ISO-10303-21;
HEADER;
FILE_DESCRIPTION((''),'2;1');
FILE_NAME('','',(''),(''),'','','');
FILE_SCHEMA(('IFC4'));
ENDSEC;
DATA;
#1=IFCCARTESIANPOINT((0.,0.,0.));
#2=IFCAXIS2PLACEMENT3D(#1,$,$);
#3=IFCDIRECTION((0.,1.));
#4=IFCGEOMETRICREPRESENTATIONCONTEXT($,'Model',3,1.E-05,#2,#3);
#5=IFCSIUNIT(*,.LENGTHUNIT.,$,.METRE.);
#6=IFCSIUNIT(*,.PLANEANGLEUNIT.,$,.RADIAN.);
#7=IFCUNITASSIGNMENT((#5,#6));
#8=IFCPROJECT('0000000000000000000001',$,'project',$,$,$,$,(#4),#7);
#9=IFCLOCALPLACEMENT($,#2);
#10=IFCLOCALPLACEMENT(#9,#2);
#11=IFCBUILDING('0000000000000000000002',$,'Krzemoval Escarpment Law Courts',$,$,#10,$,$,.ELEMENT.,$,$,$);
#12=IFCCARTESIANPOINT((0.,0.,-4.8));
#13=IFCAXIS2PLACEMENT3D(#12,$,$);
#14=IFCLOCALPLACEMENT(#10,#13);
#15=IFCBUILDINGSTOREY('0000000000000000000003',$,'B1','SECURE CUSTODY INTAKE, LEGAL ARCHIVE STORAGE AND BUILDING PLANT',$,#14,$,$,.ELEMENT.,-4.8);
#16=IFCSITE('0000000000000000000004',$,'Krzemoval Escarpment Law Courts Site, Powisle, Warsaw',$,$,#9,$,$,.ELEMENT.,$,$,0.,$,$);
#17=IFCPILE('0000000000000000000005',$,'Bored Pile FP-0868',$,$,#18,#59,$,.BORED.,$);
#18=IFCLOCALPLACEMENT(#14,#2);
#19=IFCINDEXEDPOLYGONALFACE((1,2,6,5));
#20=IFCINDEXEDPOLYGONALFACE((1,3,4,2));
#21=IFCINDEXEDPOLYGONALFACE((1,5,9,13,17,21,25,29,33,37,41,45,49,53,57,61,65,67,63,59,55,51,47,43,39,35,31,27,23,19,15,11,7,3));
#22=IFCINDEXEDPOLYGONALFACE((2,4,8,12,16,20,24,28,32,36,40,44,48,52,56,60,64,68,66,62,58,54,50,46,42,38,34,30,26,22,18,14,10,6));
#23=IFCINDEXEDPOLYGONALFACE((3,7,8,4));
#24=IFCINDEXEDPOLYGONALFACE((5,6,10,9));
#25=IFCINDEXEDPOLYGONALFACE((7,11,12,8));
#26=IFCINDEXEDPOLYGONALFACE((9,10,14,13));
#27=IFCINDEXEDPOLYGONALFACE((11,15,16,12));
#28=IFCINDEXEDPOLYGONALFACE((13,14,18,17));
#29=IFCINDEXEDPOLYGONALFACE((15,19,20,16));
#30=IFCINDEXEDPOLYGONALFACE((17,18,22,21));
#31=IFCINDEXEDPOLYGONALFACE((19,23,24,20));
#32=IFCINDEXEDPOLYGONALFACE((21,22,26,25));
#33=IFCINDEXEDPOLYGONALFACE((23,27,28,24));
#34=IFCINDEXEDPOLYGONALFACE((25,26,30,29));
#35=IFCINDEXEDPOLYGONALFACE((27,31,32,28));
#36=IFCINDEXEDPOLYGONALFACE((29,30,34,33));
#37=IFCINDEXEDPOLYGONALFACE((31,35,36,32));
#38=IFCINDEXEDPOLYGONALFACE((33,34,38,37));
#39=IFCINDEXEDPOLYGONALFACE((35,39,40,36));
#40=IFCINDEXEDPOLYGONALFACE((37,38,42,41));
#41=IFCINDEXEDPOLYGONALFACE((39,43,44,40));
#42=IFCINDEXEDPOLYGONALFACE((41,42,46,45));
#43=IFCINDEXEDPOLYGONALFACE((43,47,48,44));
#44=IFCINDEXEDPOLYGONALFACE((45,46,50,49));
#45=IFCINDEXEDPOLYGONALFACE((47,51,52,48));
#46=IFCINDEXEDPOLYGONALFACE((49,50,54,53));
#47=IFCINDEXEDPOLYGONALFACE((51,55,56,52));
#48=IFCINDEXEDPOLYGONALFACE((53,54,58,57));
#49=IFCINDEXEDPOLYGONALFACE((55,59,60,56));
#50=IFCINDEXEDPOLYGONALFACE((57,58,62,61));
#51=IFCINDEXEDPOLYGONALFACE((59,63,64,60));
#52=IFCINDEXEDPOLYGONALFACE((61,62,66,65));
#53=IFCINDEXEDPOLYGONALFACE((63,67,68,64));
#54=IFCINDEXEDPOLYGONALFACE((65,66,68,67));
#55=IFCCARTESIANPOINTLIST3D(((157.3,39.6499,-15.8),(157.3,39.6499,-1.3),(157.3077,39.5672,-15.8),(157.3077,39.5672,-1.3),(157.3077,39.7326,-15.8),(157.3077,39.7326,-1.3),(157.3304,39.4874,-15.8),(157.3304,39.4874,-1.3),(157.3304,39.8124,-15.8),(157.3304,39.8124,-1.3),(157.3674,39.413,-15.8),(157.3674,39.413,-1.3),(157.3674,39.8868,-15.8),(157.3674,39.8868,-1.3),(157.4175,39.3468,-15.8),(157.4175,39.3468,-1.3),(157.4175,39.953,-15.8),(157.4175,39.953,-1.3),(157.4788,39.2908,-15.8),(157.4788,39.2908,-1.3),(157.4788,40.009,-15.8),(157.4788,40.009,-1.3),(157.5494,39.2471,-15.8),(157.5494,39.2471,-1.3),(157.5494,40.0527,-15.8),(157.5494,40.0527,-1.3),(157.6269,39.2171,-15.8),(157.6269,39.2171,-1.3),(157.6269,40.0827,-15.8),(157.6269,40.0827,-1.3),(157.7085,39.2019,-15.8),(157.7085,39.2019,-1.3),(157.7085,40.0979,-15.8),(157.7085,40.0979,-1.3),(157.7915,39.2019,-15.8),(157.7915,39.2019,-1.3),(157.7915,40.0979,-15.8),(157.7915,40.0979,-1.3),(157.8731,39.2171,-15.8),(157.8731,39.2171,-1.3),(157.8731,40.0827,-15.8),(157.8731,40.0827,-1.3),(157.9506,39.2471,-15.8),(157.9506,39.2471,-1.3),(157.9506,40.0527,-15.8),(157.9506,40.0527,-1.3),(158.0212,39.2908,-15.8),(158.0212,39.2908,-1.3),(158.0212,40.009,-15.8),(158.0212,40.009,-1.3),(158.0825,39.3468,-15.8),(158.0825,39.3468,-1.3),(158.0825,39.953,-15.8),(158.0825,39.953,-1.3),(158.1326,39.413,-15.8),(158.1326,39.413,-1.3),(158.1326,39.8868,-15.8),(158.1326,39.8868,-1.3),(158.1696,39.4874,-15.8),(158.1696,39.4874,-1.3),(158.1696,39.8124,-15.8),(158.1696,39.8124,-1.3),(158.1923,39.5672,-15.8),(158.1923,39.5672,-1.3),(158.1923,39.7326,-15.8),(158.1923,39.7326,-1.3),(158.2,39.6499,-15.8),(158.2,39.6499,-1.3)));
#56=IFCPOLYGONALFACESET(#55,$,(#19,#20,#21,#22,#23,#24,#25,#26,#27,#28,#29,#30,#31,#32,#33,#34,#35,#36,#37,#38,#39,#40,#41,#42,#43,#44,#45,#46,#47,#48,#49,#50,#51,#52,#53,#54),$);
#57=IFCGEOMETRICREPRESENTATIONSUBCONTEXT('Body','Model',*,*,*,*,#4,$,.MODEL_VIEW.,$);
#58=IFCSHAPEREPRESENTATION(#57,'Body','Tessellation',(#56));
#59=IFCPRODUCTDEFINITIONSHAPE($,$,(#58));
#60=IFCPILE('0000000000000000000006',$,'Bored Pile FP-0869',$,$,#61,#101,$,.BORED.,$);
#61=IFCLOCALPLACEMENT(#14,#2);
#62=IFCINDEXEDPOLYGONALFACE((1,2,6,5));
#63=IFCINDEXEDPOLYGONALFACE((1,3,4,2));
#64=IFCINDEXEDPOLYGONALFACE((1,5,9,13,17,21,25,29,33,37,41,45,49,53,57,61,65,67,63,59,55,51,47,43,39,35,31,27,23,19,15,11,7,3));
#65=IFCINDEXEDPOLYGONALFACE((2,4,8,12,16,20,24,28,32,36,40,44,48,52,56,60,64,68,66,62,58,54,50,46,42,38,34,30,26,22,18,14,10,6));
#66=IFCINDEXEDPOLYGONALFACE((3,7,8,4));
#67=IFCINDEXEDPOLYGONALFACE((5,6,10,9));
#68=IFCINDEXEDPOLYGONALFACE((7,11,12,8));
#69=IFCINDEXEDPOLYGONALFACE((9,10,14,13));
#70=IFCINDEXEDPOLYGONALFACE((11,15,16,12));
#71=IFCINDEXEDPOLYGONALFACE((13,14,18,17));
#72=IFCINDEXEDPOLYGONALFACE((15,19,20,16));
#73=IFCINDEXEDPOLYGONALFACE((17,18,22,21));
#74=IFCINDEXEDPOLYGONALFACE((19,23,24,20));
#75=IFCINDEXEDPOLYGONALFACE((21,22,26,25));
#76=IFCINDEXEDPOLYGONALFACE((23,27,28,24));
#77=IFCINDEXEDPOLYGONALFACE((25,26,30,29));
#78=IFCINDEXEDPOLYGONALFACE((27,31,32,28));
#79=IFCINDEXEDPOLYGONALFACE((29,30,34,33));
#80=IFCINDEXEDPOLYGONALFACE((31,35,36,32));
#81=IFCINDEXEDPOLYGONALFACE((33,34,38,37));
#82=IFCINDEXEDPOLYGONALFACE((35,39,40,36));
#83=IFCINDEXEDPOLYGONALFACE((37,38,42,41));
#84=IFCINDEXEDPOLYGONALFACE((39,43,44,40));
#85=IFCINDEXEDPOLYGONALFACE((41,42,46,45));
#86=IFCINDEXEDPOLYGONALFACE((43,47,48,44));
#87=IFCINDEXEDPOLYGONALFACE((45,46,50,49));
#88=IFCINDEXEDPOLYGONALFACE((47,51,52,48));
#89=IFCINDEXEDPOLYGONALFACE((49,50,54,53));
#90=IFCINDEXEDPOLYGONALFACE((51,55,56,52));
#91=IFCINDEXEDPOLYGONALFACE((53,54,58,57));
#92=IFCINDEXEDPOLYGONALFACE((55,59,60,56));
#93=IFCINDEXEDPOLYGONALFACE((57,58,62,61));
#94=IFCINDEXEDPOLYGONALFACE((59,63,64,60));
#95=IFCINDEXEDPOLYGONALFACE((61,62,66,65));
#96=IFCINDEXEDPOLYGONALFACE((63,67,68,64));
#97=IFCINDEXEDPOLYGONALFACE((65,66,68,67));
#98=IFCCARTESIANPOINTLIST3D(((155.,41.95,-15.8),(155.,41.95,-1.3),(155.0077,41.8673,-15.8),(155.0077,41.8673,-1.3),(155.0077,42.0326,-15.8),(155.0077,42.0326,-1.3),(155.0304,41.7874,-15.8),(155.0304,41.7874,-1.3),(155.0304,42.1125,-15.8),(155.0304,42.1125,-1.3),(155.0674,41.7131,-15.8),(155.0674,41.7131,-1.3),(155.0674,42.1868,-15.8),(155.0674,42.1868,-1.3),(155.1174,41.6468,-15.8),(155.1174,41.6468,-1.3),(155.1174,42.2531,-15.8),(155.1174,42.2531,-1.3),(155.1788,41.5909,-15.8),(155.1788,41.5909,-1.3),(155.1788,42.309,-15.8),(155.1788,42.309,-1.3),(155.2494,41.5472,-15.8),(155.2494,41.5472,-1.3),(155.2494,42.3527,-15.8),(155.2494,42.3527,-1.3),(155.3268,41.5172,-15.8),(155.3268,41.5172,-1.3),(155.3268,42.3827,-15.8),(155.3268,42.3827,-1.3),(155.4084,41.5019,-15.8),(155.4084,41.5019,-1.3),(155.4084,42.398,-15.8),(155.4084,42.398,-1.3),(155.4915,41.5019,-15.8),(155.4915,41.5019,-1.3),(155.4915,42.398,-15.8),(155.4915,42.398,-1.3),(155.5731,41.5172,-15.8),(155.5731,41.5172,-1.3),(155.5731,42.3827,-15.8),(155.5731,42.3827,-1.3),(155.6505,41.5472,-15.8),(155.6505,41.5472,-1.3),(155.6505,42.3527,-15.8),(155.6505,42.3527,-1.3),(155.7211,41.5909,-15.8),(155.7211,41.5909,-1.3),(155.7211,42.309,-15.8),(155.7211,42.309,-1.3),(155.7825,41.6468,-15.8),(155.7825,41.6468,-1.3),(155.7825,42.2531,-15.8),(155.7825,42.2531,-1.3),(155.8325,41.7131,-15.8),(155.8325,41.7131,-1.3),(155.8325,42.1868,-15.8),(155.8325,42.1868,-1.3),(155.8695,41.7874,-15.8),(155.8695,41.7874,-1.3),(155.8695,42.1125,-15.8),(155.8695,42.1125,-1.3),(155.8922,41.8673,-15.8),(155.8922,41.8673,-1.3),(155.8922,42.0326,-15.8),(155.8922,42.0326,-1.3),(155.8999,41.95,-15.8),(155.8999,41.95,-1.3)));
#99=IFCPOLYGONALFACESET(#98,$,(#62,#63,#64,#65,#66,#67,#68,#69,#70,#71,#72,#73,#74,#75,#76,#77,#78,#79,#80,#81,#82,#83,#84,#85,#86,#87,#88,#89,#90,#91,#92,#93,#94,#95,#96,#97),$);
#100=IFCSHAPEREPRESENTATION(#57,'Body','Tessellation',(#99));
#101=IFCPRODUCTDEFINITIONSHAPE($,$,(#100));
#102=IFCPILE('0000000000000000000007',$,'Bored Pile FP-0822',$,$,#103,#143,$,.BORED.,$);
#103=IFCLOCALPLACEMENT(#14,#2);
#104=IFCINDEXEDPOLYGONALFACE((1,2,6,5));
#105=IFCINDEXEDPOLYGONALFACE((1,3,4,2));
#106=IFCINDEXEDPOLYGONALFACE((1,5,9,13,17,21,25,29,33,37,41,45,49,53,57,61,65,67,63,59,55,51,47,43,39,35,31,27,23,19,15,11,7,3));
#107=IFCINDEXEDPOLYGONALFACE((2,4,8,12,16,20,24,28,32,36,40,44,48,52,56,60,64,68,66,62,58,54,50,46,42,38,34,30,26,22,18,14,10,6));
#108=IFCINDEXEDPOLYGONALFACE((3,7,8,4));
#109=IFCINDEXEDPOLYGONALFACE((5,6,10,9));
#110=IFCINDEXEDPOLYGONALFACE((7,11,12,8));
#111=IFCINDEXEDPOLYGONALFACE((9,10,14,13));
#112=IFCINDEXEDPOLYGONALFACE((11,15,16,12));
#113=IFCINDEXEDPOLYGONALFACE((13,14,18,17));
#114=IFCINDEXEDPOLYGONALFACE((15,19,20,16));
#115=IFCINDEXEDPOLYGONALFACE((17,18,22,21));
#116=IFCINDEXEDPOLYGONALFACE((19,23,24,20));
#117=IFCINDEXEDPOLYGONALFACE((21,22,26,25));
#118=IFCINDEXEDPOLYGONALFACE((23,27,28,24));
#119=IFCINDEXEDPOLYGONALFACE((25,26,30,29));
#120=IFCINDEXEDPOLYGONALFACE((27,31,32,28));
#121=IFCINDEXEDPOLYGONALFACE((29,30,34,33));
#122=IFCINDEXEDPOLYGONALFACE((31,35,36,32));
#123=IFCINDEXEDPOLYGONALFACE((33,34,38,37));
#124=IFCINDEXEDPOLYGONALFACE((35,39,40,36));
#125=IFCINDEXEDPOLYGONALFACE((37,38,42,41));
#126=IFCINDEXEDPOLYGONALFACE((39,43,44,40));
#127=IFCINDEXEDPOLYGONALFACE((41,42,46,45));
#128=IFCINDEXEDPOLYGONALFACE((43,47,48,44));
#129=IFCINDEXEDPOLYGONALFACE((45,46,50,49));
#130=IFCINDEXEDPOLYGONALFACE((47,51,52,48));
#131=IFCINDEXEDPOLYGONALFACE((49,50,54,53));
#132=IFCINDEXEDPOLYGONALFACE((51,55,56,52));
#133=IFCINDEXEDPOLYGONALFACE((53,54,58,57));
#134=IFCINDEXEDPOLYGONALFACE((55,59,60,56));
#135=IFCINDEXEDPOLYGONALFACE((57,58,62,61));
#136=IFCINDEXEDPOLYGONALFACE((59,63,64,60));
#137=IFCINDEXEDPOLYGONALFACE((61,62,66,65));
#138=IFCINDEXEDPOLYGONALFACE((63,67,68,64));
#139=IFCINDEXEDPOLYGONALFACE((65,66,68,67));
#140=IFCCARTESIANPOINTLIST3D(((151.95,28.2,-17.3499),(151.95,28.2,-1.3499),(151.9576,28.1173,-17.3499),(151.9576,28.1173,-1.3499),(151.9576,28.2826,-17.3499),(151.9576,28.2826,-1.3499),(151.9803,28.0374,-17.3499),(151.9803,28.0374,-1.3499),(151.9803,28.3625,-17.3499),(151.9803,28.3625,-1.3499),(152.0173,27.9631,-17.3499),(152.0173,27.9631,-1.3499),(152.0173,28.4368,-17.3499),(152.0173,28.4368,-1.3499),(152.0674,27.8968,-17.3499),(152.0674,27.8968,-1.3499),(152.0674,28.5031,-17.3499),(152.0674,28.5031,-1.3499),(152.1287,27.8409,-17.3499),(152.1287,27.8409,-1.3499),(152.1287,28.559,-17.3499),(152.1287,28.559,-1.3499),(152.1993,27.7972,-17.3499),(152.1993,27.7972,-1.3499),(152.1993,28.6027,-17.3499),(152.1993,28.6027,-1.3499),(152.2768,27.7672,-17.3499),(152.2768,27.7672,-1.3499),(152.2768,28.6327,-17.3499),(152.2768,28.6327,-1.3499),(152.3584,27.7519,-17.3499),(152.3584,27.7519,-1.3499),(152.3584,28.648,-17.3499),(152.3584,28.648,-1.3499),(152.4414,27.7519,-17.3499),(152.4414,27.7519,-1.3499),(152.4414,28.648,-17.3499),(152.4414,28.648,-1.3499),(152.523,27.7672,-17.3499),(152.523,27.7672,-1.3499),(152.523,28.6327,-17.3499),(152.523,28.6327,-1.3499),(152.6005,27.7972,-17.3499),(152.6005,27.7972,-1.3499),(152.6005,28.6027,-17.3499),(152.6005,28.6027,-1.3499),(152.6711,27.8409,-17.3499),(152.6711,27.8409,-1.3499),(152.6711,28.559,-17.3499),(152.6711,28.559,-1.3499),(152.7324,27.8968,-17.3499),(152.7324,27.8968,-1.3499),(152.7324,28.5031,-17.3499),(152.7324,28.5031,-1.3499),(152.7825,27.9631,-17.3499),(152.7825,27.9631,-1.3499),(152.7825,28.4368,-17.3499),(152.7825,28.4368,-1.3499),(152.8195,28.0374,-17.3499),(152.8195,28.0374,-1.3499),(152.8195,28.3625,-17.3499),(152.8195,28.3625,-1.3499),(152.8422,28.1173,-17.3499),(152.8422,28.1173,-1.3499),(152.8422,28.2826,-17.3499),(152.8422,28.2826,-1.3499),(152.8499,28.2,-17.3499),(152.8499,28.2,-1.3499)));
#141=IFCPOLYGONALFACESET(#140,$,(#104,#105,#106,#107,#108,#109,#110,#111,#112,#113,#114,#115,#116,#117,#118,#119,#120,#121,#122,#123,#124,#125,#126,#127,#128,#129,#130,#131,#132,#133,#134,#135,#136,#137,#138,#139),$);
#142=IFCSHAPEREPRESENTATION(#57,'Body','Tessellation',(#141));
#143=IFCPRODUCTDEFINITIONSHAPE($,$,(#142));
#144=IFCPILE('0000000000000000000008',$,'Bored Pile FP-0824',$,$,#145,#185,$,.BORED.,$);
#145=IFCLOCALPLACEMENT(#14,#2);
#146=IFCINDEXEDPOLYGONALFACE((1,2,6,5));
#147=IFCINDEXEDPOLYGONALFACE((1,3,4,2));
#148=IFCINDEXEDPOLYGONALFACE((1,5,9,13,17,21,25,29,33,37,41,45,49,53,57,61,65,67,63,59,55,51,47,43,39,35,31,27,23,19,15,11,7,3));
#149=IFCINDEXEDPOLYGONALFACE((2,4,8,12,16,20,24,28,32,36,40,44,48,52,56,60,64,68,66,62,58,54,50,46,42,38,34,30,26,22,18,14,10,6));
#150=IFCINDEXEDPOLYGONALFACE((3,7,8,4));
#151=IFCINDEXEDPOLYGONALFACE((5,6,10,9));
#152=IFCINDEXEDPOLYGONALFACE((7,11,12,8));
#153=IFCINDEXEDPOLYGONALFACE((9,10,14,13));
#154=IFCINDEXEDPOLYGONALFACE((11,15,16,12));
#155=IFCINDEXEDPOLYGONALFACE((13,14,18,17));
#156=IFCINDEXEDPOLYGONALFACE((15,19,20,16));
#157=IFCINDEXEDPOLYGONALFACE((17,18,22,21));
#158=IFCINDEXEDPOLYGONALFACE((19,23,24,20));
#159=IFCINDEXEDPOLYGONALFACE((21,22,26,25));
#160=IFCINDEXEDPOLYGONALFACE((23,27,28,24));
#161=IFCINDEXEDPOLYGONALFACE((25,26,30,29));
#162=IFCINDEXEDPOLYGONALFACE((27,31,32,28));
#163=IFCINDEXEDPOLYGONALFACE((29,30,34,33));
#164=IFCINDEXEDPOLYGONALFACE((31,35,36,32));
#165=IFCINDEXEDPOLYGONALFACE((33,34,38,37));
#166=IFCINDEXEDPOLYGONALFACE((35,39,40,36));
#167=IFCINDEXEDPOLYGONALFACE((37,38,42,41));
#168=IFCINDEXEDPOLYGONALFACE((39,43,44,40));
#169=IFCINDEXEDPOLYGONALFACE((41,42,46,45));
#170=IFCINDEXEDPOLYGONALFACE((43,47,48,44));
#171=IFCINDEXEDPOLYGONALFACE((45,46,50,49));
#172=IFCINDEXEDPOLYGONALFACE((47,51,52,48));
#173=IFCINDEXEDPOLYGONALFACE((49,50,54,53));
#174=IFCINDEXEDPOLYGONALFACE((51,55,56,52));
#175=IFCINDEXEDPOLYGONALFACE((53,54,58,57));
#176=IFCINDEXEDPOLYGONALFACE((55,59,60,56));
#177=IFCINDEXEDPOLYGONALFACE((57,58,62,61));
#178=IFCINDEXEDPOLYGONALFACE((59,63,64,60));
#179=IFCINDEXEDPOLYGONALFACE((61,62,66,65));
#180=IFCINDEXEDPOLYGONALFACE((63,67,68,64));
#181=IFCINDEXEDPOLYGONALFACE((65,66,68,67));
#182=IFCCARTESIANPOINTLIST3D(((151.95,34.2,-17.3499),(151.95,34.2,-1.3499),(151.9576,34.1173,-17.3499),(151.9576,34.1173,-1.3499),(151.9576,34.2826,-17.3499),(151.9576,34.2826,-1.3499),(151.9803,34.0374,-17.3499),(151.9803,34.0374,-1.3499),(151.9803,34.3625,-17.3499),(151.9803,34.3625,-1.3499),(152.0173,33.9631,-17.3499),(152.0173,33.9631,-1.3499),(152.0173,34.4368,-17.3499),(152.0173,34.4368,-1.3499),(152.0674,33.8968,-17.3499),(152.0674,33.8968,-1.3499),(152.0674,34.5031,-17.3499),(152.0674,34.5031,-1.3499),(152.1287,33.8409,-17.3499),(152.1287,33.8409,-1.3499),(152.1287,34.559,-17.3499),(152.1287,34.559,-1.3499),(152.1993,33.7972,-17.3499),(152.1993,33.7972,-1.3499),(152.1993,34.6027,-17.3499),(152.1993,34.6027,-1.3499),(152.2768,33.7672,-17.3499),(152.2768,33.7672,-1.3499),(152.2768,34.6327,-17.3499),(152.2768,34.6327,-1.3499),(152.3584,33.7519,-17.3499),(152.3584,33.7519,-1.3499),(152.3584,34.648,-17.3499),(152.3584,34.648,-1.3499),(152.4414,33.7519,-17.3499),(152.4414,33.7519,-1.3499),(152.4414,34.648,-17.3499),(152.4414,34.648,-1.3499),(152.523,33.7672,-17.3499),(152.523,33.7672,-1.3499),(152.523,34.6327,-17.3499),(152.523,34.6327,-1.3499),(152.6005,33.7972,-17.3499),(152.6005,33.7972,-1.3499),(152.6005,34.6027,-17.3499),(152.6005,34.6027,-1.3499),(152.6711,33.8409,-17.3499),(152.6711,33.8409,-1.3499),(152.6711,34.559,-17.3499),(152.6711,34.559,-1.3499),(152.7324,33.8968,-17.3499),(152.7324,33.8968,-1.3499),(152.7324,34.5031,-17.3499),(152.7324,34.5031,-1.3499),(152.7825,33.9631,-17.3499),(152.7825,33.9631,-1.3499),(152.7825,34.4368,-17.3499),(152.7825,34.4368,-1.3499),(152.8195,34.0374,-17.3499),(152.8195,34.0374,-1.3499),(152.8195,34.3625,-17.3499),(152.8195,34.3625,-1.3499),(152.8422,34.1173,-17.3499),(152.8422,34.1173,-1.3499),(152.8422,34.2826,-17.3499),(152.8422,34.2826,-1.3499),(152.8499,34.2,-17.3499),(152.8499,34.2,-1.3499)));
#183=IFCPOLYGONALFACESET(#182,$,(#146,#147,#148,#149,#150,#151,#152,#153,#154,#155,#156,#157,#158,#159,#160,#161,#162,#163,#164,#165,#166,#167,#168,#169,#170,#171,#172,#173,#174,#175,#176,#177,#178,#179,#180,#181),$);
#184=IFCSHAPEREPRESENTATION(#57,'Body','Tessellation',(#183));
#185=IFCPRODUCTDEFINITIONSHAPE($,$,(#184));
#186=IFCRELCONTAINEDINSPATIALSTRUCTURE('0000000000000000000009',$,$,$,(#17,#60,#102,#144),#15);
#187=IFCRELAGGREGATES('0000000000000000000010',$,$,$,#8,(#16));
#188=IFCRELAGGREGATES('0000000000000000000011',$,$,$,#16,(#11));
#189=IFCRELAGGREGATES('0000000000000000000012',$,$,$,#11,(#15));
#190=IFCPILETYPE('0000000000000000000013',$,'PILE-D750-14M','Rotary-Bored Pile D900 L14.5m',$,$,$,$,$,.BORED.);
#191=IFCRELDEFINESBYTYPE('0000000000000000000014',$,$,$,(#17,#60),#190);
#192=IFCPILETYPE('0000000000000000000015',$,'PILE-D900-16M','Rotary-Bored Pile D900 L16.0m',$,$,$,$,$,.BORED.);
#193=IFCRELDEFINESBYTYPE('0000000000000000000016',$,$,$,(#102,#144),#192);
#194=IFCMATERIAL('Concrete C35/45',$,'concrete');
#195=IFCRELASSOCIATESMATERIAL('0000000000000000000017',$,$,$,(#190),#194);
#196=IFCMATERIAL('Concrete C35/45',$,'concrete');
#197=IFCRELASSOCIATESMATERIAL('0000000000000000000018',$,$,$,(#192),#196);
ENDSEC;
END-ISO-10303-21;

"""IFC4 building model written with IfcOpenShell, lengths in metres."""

from ifc_helpers import new_model, si_unit, direction, frame, origin, origin_2d, place, context, subcontext, project, spatial, circle, extrude, material, material_profile, profile_set, type_object, element, save


model = new_model("IFC4")

# Units and contexts
model_context = context("Model", 3, precision=1e-05, world=origin(), true_north=direction((0.0, 1.0)))
body_context = subcontext(model_context, "Body", "Model", "MODEL_VIEW")
ifc_project = project(units=[si_unit("LENGTHUNIT", "METRE"), si_unit("PLANEANGLEUNIT", "RADIAN")], contexts=[model_context])

# Site, building, storey
site_placement = place(None, origin())
site = spatial("IfcSite", under=ifc_project, at=site_placement, Name="Krzemoval Escarpment Law Courts Site, Powisle, Warsaw", CompositionType="ELEMENT", RefElevation=0.0)
building_placement = place(site_placement, origin())
building = spatial("IfcBuilding", under=site, at=building_placement, Name="Krzemoval Escarpment Law Courts", CompositionType="ELEMENT")
storey_placement = place(building_placement, frame((0.0, 0.0, -4.8)))
storey = spatial("IfcBuildingStorey", under=building, at=storey_placement, Name="B1", Description="SECURE CUSTODY INTAKE, LEGAL ARCHIVE STORAGE AND BUILDING PLANT", CompositionType="ELEMENT", Elevation=-4.8)

# Piles
ifc_material_1 = material(Name="Concrete C35/45", Category="concrete")
ifc_material_profile_1 = material_profile(ifc_material_1, circle(Radius=0.45, at=origin_2d()), Name="PILE D900")
ifc_profile_set_1 = profile_set([ifc_material_profile_1], Name="Concrete C35/45")
pile_type_1 = type_object("IfcPileType", Name="PILE-D750-14M", Description="Rotary-Bored Pile D900 L14.5m", PredefinedType="BORED", material=ifc_profile_set_1)
for number, where, z_axis, x_axis, name in (
    (1, (157.75, 39.6499, -1.3), (0.0, 0.0, -1.0), (1.0, 0.0, 0.0), "Bored Pile FP-0868"),
    (2, (155.45, 41.95, -1.3), (0.0, 0.0, -1.0), (1.0, 0.0, 0.0), "Bored Pile FP-0869"),
):
    element("IfcPile", number, at=place(storey_placement, frame(where, z_axis=z_axis, x_axis=x_axis)), inside=storey, type_object=pile_type_1, Name=name, PredefinedType="BORED", context=body_context, shape_type="SweptSolid", body=[
        extrude(circle(Radius=0.45, at=origin_2d()), origin(), (0.0, 0.0, 1.0), 14.5),
    ])
ifc_material_2 = material(Name="Concrete C35/45", Category="concrete")
ifc_material_profile_2 = material_profile(ifc_material_2, circle(Radius=0.45, at=origin_2d()), Name="PILE D900")
ifc_profile_set_2 = profile_set([ifc_material_profile_2], Name="Concrete C35/45")
pile_type_2 = type_object("IfcPileType", Name="PILE-D900-16M", Description="Rotary-Bored Pile D900 L16.0m", PredefinedType="BORED", material=ifc_profile_set_2)
for number, where, z_axis, x_axis, name in (
    (3, (152.3999, 28.2, -1.3499), (0.0, 0.0, -1.0), (1.0, 0.0, 0.0), "Bored Pile FP-0822"),
    (4, (152.3999, 34.2, -1.3499), (0.0, 0.0, -1.0), (1.0, 0.0, 0.0), "Bored Pile FP-0824"),
):
    element("IfcPile", number, at=place(storey_placement, frame(where, z_axis=z_axis, x_axis=x_axis)), inside=storey, type_object=pile_type_2, Name=name, PredefinedType="BORED", context=body_context, shape_type="SweptSolid", body=[
        extrude(circle(Radius=0.45, at=origin_2d()), origin(), (0.0, 0.0, 1.0), 16.0),
    ])

save(model, "model.ifc")
